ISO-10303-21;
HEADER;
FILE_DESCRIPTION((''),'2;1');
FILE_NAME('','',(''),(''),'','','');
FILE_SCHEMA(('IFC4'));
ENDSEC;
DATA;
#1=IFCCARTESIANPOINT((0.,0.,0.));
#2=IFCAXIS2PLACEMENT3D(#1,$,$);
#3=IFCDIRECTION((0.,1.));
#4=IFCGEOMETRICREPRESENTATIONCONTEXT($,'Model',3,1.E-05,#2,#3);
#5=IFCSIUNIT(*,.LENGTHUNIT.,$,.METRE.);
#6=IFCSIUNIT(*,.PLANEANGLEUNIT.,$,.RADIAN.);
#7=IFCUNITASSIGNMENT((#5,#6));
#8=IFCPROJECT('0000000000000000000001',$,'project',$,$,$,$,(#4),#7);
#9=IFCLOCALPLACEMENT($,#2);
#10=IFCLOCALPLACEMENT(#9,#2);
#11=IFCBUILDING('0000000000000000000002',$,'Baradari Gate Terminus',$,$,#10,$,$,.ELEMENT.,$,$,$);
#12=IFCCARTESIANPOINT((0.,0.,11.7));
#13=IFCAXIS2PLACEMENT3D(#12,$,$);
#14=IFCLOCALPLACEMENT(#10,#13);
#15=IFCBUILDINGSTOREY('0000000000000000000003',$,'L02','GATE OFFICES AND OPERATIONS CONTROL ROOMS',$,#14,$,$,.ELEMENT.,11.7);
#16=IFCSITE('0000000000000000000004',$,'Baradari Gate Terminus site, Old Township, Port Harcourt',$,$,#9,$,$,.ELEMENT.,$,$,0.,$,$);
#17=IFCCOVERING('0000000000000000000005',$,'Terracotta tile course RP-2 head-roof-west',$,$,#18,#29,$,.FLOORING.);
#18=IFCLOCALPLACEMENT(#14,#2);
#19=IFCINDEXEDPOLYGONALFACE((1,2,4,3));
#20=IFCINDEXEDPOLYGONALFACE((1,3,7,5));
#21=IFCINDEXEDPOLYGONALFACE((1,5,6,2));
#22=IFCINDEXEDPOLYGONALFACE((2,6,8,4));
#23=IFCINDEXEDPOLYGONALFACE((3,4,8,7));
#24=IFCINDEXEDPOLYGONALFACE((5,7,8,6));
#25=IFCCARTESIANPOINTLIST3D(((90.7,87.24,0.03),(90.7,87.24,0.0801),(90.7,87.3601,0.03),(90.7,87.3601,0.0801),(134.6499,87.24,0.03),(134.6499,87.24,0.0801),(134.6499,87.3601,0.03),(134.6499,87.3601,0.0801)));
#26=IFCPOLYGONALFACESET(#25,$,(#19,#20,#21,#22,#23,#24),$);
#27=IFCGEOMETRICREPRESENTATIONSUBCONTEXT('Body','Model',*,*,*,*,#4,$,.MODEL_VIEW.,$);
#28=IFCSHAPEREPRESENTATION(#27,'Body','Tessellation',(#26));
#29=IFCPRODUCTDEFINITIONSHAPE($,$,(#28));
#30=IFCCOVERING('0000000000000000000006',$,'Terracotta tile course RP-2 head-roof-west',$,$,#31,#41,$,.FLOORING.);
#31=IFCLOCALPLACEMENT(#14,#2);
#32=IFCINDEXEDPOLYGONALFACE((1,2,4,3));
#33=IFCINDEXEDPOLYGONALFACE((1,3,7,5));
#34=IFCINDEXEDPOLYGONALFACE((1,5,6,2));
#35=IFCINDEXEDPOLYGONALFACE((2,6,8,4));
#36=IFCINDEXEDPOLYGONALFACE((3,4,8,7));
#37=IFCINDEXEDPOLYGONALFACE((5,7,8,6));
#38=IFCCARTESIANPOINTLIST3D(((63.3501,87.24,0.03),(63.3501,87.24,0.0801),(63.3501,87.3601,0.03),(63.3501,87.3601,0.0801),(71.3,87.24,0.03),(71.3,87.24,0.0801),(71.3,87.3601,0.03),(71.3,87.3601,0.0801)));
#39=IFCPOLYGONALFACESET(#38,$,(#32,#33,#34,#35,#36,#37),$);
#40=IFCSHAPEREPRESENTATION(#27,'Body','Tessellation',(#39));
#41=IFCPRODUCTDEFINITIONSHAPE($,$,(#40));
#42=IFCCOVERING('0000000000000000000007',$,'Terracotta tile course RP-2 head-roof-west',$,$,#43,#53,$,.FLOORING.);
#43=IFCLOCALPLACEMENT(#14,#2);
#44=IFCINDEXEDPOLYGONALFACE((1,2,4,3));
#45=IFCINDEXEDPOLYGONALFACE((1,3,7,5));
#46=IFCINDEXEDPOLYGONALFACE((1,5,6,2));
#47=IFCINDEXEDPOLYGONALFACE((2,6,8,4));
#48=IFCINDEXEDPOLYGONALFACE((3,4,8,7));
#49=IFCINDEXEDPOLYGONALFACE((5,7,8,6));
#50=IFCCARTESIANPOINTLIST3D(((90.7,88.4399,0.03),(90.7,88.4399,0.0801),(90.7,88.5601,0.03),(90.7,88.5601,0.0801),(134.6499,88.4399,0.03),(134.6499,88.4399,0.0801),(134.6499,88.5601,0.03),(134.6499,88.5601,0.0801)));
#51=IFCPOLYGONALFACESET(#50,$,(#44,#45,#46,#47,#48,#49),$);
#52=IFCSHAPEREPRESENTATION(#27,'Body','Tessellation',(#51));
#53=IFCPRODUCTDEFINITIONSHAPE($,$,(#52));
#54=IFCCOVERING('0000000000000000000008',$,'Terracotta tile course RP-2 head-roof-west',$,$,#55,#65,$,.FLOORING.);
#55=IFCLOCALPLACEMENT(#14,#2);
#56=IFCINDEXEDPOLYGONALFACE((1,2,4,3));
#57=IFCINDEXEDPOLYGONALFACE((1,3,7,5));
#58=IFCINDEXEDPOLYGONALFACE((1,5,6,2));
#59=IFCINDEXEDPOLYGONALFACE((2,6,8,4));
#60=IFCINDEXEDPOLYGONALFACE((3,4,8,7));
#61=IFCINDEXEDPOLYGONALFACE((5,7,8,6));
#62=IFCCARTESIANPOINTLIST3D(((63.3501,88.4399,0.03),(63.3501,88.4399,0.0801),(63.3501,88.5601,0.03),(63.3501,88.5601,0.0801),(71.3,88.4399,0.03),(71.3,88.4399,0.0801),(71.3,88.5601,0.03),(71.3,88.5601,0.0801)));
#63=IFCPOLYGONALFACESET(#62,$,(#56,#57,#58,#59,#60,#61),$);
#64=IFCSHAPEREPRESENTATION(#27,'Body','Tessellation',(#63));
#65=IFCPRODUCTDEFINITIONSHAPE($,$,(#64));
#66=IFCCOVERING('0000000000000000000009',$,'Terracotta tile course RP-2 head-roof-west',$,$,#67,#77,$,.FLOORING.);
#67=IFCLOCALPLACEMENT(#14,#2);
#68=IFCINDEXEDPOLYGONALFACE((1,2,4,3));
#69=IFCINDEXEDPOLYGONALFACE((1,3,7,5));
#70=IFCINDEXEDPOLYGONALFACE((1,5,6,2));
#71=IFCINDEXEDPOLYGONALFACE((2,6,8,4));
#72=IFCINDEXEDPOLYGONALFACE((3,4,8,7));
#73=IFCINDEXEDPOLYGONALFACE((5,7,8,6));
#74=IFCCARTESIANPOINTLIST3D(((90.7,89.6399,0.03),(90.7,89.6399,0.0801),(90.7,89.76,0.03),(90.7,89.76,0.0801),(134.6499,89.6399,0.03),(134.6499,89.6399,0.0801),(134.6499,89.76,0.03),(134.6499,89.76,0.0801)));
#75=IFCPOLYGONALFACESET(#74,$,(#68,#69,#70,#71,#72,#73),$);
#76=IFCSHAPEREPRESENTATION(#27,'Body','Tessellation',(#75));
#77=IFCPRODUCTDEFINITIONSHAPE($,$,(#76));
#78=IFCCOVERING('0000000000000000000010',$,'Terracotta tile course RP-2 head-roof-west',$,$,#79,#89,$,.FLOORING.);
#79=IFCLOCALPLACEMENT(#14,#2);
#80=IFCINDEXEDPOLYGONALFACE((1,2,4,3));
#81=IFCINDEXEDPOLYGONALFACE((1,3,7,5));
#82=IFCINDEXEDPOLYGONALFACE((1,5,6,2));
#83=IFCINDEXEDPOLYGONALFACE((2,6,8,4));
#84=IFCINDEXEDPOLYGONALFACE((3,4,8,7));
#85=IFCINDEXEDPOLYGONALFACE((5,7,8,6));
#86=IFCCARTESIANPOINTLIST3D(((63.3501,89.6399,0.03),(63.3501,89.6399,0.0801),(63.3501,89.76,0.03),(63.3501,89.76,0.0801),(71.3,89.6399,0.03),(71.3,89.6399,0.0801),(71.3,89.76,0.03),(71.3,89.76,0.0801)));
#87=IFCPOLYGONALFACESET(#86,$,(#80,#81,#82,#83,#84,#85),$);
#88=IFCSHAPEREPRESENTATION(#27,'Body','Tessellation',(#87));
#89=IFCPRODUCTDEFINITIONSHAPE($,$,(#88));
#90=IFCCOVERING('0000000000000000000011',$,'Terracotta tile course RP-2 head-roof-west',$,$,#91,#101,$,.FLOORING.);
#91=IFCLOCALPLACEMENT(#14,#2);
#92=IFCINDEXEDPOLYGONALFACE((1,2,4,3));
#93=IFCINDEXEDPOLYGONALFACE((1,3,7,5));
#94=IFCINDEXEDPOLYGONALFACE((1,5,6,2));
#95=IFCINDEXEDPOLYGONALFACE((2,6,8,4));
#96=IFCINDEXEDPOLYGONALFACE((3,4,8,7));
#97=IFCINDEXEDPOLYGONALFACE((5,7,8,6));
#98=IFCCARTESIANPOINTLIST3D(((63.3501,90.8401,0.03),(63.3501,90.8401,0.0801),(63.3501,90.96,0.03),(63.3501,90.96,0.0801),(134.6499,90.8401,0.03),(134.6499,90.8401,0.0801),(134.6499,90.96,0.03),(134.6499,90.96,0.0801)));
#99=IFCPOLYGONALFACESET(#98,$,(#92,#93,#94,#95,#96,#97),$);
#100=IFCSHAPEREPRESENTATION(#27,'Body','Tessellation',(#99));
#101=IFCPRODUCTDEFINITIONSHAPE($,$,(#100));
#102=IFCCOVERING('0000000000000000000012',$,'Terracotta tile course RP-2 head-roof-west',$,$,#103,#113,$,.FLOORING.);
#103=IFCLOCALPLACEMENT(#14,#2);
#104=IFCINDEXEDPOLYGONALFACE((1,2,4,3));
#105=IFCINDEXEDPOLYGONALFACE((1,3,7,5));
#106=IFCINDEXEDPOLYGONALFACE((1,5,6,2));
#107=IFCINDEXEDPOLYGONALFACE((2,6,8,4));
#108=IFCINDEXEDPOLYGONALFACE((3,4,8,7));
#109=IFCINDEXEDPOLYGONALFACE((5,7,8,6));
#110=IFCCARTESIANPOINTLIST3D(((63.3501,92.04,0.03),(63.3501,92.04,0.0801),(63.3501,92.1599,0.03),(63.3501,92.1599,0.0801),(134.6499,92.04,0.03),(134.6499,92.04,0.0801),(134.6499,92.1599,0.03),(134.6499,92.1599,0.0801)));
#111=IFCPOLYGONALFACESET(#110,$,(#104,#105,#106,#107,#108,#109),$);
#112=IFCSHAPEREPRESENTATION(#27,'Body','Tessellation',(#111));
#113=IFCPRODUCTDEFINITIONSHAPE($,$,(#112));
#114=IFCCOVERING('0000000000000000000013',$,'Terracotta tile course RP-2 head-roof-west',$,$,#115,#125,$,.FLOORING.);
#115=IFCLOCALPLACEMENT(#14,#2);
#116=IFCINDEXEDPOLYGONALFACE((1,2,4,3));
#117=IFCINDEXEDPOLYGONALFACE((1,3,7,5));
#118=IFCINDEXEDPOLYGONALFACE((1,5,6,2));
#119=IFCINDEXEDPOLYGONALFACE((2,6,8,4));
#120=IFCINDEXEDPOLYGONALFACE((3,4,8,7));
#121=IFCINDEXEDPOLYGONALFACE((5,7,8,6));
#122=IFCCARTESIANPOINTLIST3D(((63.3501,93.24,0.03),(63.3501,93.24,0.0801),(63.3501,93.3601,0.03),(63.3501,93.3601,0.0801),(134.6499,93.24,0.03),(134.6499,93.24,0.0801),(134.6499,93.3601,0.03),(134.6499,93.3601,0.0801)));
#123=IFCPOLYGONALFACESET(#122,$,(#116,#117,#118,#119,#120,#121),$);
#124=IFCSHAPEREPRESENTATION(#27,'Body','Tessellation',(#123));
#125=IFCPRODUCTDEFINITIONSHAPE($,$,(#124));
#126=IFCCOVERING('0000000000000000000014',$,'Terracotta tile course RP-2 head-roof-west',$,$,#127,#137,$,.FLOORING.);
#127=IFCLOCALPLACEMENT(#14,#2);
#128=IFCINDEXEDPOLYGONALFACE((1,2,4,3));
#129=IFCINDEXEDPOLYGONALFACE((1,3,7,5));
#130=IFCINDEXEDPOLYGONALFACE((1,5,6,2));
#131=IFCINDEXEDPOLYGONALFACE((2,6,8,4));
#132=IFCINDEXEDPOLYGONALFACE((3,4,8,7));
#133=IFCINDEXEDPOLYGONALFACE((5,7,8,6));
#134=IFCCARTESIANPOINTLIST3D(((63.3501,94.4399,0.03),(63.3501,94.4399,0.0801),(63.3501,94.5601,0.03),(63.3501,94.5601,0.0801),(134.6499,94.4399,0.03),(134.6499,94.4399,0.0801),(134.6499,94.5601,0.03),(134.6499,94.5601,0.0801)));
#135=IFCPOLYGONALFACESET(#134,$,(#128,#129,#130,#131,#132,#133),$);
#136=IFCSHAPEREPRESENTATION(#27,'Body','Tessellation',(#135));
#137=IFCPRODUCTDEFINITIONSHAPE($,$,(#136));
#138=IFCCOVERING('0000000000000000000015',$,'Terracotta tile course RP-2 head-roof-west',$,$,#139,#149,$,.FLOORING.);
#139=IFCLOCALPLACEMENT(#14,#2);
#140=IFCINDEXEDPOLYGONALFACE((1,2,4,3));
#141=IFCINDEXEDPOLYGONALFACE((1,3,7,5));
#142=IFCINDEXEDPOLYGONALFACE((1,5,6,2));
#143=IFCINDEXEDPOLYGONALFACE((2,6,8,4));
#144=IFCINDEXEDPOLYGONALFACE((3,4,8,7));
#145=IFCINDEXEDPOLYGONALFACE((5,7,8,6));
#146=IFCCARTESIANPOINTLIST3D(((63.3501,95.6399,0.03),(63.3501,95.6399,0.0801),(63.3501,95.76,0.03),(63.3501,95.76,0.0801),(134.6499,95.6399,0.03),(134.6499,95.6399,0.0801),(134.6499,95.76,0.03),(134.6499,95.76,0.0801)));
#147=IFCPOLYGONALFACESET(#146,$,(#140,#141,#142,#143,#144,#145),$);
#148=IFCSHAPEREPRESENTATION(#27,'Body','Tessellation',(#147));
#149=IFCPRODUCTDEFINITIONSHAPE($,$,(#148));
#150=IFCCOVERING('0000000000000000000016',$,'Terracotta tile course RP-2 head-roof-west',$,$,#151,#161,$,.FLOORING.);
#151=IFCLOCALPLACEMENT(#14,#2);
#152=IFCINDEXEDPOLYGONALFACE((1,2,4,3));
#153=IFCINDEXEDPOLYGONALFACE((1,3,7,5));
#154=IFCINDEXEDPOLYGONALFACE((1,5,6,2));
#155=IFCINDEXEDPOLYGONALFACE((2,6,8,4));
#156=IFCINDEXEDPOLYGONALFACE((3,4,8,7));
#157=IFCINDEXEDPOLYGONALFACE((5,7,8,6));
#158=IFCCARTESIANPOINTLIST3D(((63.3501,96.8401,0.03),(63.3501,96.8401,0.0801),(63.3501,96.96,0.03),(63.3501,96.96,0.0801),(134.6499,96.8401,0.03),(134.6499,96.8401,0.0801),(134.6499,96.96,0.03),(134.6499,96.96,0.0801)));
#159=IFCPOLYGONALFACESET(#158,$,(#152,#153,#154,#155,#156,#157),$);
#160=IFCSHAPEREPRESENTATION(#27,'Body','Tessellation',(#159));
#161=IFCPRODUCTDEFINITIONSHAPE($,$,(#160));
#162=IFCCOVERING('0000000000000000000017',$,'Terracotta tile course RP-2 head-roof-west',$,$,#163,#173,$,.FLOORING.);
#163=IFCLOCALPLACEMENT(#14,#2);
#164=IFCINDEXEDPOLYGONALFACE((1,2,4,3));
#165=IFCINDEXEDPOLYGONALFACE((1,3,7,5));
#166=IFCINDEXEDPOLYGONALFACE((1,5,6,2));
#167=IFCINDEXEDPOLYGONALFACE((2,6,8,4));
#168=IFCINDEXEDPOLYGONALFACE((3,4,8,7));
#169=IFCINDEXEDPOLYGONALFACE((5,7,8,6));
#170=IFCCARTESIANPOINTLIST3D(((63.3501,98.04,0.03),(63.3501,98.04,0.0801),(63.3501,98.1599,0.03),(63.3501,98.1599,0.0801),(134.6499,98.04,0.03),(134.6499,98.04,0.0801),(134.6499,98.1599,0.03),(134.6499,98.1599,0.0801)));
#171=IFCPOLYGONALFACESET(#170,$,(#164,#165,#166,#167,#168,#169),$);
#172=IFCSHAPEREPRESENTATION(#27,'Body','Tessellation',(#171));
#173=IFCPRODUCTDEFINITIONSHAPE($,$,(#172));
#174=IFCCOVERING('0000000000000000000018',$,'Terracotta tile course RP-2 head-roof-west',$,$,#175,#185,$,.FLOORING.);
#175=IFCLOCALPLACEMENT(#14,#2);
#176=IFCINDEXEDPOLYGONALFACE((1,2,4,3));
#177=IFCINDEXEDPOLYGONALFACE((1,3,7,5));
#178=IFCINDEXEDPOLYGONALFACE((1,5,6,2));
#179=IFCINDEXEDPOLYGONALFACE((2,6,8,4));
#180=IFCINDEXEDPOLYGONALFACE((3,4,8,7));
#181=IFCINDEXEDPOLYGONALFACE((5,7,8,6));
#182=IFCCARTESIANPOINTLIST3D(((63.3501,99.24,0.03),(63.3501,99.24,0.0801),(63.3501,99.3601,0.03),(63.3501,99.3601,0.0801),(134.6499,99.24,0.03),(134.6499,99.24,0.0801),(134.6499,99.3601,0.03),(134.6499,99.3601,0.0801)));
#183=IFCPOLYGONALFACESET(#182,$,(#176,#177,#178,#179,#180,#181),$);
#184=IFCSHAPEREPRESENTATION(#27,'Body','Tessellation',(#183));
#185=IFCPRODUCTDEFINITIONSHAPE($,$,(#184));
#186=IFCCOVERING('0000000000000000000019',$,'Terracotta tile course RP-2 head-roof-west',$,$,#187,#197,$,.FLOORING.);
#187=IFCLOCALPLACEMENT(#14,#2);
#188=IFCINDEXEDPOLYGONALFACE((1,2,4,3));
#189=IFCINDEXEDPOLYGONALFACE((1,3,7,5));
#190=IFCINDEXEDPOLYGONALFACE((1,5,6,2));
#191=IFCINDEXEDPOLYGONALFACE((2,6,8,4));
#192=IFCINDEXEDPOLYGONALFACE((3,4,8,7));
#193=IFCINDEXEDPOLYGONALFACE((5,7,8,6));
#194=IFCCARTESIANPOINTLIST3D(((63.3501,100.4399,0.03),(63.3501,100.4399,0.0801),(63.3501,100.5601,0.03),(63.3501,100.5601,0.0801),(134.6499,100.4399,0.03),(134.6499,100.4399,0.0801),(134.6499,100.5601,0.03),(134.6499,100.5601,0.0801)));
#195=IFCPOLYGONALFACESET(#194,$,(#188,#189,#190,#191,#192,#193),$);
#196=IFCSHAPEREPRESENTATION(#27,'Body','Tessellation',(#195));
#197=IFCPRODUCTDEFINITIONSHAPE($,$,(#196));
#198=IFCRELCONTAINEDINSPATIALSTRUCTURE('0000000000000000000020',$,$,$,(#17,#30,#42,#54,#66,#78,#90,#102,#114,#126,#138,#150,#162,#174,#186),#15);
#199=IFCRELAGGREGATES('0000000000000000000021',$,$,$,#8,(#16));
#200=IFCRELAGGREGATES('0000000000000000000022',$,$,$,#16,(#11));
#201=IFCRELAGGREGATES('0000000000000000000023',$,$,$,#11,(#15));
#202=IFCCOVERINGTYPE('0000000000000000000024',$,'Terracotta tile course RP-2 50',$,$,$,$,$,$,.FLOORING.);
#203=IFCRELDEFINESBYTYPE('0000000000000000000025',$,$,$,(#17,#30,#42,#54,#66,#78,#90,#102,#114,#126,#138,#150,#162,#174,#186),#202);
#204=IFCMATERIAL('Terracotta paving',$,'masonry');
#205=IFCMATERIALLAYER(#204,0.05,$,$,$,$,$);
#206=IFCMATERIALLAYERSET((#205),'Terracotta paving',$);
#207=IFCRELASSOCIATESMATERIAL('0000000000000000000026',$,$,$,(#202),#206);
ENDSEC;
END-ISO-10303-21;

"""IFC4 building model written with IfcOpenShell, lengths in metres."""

from ifc_helpers import new_model, si_unit, direction, frame, origin, place, context, subcontext, project, spatial, polyline, outline, extrude, material, layer, layer_set, type_object, element, save


model = new_model("IFC4")

# Units and contexts
model_context = context("Model", 3, precision=1e-05, world=origin(), true_north=direction((0.0, 1.0)))
body_context = subcontext(model_context, "Body", "Model", "MODEL_VIEW")
ifc_project = project(units=[si_unit("LENGTHUNIT", "METRE"), si_unit("PLANEANGLEUNIT", "RADIAN")], contexts=[model_context])

# Site, building, storey
site_placement = place(None, origin())
site = spatial("IfcSite", under=ifc_project, at=site_placement, Name="Baradari Gate Terminus site, Old Township, Port Harcourt", CompositionType="ELEMENT", RefElevation=0.0)
building_placement = place(site_placement, origin())
building = spatial("IfcBuilding", under=site, at=building_placement, Name="Baradari Gate Terminus", CompositionType="ELEMENT")
storey_placement = place(building_placement, frame((0.0, 0.0, 11.7)))
storey = spatial("IfcBuildingStorey", under=building, at=storey_placement, Name="L02", Description="GATE OFFICES AND OPERATIONS CONTROL ROOMS", CompositionType="ELEMENT", Elevation=11.7)

# Coverings
ifc_material_1 = material(Name="Terracotta paving", Category="masonry")
ifc_layer_1 = layer(ifc_material_1, 0.05)
ifc_layer_set_1 = layer_set([ifc_layer_1], Name="Terracotta paving")
covering_type_1 = type_object("IfcCoveringType", Name="Terracotta tile course RP-2 50", PredefinedType="FLOORING", material=ifc_layer_set_1)
covering_1_placement = place(storey_placement, frame((0.0, 0.0, 0.03)))
element("IfcCovering", 1, at=covering_1_placement, inside=storey, type_object=covering_type_1, Name="Terracotta tile course RP-2 head-roof-west", PredefinedType="FLOORING", context=body_context, shape_type="SweptSolid", body=[
    extrude(outline(polyline([(134.6499, 87.24), (134.6499, 87.3601), (90.7, 87.3601), (90.7, 87.24), (134.6499, 87.24)])), origin(), (0.0, 0.0, 1.0), 0.05),
])
covering_2_placement = place(storey_placement, frame((0.0, 0.0, 0.03)))
element("IfcCovering", 2, at=covering_2_placement, inside=storey, type_object=covering_type_1, Name="Terracotta tile course RP-2 head-roof-west", PredefinedType="FLOORING", context=body_context, shape_type="SweptSolid", body=[
    extrude(outline(polyline([(71.3, 87.24), (71.3, 87.3601), (63.3501, 87.3601), (63.3501, 87.24), (71.3, 87.24)])), origin(), (0.0, 0.0, 1.0), 0.05),
])
covering_3_placement = place(storey_placement, frame((0.0, 0.0, 0.03)))
element("IfcCovering", 3, at=covering_3_placement, inside=storey, type_object=covering_type_1, Name="Terracotta tile course RP-2 head-roof-west", PredefinedType="FLOORING", context=body_context, shape_type="SweptSolid", body=[
    extrude(outline(polyline([(134.6499, 88.4399), (134.6499, 88.5601), (90.7, 88.5601), (90.7, 88.4399), (134.6499, 88.4399)])), origin(), (0.0, 0.0, 1.0), 0.05),
])
covering_4_placement = place(storey_placement, frame((0.0, 0.0, 0.03)))
element("IfcCovering", 4, at=covering_4_placement, inside=storey, type_object=covering_type_1, Name="Terracotta tile course RP-2 head-roof-west", PredefinedType="FLOORING", context=body_context, shape_type="SweptSolid", body=[
    extrude(outline(polyline([(71.3, 88.4399), (71.3, 88.5601), (63.3501, 88.5601), (63.3501, 88.4399), (71.3, 88.4399)])), origin(), (0.0, 0.0, 1.0), 0.05),
])
covering_5_placement = place(storey_placement, frame((0.0, 0.0, 0.03)))
element("IfcCovering", 5, at=covering_5_placement, inside=storey, type_object=covering_type_1, Name="Terracotta tile course RP-2 head-roof-west", PredefinedType="FLOORING", context=body_context, shape_type="SweptSolid", body=[
    extrude(outline(polyline([(134.6499, 89.6399), (134.6499, 89.76), (90.7, 89.76), (90.7, 89.6399), (134.6499, 89.6399)])), origin(), (0.0, 0.0, 1.0), 0.05),
])
covering_6_placement = place(storey_placement, frame((0.0, 0.0, 0.03)))
element("IfcCovering", 6, at=covering_6_placement, inside=storey, type_object=covering_type_1, Name="Terracotta tile course RP-2 head-roof-west", PredefinedType="FLOORING", context=body_context, shape_type="SweptSolid", body=[
    extrude(outline(polyline([(71.3, 89.6399), (71.3, 89.76), (63.3501, 89.76), (63.3501, 89.6399), (71.3, 89.6399)])), origin(), (0.0, 0.0, 1.0), 0.05),
])
covering_7_placement = place(storey_placement, frame((0.0, 0.0, 0.03)))
element("IfcCovering", 7, at=covering_7_placement, inside=storey, type_object=covering_type_1, Name="Terracotta tile course RP-2 head-roof-west", PredefinedType="FLOORING", context=body_context, shape_type="SweptSolid", body=[
    extrude(outline(polyline([(134.6499, 90.8401), (134.6499, 90.96), (63.3501, 90.96), (63.3501, 90.8401), (134.6499, 90.8401)])), origin(), (0.0, 0.0, 1.0), 0.05),
])
covering_8_placement = place(storey_placement, frame((0.0, 0.0, 0.03)))
element("IfcCovering", 8, at=covering_8_placement, inside=storey, type_object=covering_type_1, Name="Terracotta tile course RP-2 head-roof-west", PredefinedType="FLOORING", context=body_context, shape_type="SweptSolid", body=[
    extrude(outline(polyline([(134.6499, 92.04), (134.6499, 92.1599), (63.3501, 92.1599), (63.3501, 92.04), (134.6499, 92.04)])), origin(), (0.0, 0.0, 1.0), 0.05),
])
covering_9_placement = place(storey_placement, frame((0.0, 0.0, 0.03)))
element("IfcCovering", 9, at=covering_9_placement, inside=storey, type_object=covering_type_1, Name="Terracotta tile course RP-2 head-roof-west", PredefinedType="FLOORING", context=body_context, shape_type="SweptSolid", body=[
    extrude(outline(polyline([(134.6499, 93.24), (134.6499, 93.3601), (63.3501, 93.3601), (63.3501, 93.24), (134.6499, 93.24)])), origin(), (0.0, 0.0, 1.0), 0.05),
])
covering_10_placement = place(storey_placement, frame((0.0, 0.0, 0.03)))
element("IfcCovering", 10, at=covering_10_placement, inside=storey, type_object=covering_type_1, Name="Terracotta tile course RP-2 head-roof-west", PredefinedType="FLOORING", context=body_context, shape_type="SweptSolid", body=[
    extrude(outline(polyline([(134.6499, 94.4399), (134.6499, 94.5601), (63.3501, 94.5601), (63.3501, 94.4399), (134.6499, 94.4399)])), origin(), (0.0, 0.0, 1.0), 0.05),
])
covering_11_placement = place(storey_placement, frame((0.0, 0.0, 0.03)))
element("IfcCovering", 11, at=covering_11_placement, inside=storey, type_object=covering_type_1, Name="Terracotta tile course RP-2 head-roof-west", PredefinedType="FLOORING", context=body_context, shape_type="SweptSolid", body=[
    extrude(outline(polyline([(134.6499, 95.6399), (134.6499, 95.76), (63.3501, 95.76), (63.3501, 95.6399), (134.6499, 95.6399)])), origin(), (0.0, 0.0, 1.0), 0.05),
])
covering_12_placement = place(storey_placement, frame((0.0, 0.0, 0.03)))
element("IfcCovering", 12, at=covering_12_placement, inside=storey, type_object=covering_type_1, Name="Terracotta tile course RP-2 head-roof-west", PredefinedType="FLOORING", context=body_context, shape_type="SweptSolid", body=[
    extrude(outline(polyline([(134.6499, 96.8401), (134.6499, 96.96), (63.3501, 96.96), (63.3501, 96.8401), (134.6499, 96.8401)])), origin(), (0.0, 0.0, 1.0), 0.05),
])
covering_13_placement = place(storey_placement, frame((0.0, 0.0, 0.03)))
element("IfcCovering", 13, at=covering_13_placement, inside=storey, type_object=covering_type_1, Name="Terracotta tile course RP-2 head-roof-west", PredefinedType="FLOORING", context=body_context, shape_type="SweptSolid", body=[
    extrude(outline(polyline([(134.6499, 98.04), (134.6499, 98.1599), (63.3501, 98.1599), (63.3501, 98.04), (134.6499, 98.04)])), origin(), (0.0, 0.0, 1.0), 0.05),
])
covering_14_placement = place(storey_placement, frame((0.0, 0.0, 0.03)))
element("IfcCovering", 14, at=covering_14_placement, inside=storey, type_object=covering_type_1, Name="Terracotta tile course RP-2 head-roof-west", PredefinedType="FLOORING", context=body_context, shape_type="SweptSolid", body=[
    extrude(outline(polyline([(134.6499, 99.24), (134.6499, 99.3601), (63.3501, 99.3601), (63.3501, 99.24), (134.6499, 99.24)])), origin(), (0.0, 0.0, 1.0), 0.05),
])
covering_15_placement = place(storey_placement, frame((0.0, 0.0, 0.03)))
element("IfcCovering", 15, at=covering_15_placement, inside=storey, type_object=covering_type_1, Name="Terracotta tile course RP-2 head-roof-west", PredefinedType="FLOORING", context=body_context, shape_type="SweptSolid", body=[
    extrude(outline(polyline([(134.6499, 100.4399), (134.6499, 100.5601), (63.3501, 100.5601), (63.3501, 100.4399), (134.6499, 100.4399)])), origin(), (0.0, 0.0, 1.0), 0.05),
])

save(model, "model.ifc")
